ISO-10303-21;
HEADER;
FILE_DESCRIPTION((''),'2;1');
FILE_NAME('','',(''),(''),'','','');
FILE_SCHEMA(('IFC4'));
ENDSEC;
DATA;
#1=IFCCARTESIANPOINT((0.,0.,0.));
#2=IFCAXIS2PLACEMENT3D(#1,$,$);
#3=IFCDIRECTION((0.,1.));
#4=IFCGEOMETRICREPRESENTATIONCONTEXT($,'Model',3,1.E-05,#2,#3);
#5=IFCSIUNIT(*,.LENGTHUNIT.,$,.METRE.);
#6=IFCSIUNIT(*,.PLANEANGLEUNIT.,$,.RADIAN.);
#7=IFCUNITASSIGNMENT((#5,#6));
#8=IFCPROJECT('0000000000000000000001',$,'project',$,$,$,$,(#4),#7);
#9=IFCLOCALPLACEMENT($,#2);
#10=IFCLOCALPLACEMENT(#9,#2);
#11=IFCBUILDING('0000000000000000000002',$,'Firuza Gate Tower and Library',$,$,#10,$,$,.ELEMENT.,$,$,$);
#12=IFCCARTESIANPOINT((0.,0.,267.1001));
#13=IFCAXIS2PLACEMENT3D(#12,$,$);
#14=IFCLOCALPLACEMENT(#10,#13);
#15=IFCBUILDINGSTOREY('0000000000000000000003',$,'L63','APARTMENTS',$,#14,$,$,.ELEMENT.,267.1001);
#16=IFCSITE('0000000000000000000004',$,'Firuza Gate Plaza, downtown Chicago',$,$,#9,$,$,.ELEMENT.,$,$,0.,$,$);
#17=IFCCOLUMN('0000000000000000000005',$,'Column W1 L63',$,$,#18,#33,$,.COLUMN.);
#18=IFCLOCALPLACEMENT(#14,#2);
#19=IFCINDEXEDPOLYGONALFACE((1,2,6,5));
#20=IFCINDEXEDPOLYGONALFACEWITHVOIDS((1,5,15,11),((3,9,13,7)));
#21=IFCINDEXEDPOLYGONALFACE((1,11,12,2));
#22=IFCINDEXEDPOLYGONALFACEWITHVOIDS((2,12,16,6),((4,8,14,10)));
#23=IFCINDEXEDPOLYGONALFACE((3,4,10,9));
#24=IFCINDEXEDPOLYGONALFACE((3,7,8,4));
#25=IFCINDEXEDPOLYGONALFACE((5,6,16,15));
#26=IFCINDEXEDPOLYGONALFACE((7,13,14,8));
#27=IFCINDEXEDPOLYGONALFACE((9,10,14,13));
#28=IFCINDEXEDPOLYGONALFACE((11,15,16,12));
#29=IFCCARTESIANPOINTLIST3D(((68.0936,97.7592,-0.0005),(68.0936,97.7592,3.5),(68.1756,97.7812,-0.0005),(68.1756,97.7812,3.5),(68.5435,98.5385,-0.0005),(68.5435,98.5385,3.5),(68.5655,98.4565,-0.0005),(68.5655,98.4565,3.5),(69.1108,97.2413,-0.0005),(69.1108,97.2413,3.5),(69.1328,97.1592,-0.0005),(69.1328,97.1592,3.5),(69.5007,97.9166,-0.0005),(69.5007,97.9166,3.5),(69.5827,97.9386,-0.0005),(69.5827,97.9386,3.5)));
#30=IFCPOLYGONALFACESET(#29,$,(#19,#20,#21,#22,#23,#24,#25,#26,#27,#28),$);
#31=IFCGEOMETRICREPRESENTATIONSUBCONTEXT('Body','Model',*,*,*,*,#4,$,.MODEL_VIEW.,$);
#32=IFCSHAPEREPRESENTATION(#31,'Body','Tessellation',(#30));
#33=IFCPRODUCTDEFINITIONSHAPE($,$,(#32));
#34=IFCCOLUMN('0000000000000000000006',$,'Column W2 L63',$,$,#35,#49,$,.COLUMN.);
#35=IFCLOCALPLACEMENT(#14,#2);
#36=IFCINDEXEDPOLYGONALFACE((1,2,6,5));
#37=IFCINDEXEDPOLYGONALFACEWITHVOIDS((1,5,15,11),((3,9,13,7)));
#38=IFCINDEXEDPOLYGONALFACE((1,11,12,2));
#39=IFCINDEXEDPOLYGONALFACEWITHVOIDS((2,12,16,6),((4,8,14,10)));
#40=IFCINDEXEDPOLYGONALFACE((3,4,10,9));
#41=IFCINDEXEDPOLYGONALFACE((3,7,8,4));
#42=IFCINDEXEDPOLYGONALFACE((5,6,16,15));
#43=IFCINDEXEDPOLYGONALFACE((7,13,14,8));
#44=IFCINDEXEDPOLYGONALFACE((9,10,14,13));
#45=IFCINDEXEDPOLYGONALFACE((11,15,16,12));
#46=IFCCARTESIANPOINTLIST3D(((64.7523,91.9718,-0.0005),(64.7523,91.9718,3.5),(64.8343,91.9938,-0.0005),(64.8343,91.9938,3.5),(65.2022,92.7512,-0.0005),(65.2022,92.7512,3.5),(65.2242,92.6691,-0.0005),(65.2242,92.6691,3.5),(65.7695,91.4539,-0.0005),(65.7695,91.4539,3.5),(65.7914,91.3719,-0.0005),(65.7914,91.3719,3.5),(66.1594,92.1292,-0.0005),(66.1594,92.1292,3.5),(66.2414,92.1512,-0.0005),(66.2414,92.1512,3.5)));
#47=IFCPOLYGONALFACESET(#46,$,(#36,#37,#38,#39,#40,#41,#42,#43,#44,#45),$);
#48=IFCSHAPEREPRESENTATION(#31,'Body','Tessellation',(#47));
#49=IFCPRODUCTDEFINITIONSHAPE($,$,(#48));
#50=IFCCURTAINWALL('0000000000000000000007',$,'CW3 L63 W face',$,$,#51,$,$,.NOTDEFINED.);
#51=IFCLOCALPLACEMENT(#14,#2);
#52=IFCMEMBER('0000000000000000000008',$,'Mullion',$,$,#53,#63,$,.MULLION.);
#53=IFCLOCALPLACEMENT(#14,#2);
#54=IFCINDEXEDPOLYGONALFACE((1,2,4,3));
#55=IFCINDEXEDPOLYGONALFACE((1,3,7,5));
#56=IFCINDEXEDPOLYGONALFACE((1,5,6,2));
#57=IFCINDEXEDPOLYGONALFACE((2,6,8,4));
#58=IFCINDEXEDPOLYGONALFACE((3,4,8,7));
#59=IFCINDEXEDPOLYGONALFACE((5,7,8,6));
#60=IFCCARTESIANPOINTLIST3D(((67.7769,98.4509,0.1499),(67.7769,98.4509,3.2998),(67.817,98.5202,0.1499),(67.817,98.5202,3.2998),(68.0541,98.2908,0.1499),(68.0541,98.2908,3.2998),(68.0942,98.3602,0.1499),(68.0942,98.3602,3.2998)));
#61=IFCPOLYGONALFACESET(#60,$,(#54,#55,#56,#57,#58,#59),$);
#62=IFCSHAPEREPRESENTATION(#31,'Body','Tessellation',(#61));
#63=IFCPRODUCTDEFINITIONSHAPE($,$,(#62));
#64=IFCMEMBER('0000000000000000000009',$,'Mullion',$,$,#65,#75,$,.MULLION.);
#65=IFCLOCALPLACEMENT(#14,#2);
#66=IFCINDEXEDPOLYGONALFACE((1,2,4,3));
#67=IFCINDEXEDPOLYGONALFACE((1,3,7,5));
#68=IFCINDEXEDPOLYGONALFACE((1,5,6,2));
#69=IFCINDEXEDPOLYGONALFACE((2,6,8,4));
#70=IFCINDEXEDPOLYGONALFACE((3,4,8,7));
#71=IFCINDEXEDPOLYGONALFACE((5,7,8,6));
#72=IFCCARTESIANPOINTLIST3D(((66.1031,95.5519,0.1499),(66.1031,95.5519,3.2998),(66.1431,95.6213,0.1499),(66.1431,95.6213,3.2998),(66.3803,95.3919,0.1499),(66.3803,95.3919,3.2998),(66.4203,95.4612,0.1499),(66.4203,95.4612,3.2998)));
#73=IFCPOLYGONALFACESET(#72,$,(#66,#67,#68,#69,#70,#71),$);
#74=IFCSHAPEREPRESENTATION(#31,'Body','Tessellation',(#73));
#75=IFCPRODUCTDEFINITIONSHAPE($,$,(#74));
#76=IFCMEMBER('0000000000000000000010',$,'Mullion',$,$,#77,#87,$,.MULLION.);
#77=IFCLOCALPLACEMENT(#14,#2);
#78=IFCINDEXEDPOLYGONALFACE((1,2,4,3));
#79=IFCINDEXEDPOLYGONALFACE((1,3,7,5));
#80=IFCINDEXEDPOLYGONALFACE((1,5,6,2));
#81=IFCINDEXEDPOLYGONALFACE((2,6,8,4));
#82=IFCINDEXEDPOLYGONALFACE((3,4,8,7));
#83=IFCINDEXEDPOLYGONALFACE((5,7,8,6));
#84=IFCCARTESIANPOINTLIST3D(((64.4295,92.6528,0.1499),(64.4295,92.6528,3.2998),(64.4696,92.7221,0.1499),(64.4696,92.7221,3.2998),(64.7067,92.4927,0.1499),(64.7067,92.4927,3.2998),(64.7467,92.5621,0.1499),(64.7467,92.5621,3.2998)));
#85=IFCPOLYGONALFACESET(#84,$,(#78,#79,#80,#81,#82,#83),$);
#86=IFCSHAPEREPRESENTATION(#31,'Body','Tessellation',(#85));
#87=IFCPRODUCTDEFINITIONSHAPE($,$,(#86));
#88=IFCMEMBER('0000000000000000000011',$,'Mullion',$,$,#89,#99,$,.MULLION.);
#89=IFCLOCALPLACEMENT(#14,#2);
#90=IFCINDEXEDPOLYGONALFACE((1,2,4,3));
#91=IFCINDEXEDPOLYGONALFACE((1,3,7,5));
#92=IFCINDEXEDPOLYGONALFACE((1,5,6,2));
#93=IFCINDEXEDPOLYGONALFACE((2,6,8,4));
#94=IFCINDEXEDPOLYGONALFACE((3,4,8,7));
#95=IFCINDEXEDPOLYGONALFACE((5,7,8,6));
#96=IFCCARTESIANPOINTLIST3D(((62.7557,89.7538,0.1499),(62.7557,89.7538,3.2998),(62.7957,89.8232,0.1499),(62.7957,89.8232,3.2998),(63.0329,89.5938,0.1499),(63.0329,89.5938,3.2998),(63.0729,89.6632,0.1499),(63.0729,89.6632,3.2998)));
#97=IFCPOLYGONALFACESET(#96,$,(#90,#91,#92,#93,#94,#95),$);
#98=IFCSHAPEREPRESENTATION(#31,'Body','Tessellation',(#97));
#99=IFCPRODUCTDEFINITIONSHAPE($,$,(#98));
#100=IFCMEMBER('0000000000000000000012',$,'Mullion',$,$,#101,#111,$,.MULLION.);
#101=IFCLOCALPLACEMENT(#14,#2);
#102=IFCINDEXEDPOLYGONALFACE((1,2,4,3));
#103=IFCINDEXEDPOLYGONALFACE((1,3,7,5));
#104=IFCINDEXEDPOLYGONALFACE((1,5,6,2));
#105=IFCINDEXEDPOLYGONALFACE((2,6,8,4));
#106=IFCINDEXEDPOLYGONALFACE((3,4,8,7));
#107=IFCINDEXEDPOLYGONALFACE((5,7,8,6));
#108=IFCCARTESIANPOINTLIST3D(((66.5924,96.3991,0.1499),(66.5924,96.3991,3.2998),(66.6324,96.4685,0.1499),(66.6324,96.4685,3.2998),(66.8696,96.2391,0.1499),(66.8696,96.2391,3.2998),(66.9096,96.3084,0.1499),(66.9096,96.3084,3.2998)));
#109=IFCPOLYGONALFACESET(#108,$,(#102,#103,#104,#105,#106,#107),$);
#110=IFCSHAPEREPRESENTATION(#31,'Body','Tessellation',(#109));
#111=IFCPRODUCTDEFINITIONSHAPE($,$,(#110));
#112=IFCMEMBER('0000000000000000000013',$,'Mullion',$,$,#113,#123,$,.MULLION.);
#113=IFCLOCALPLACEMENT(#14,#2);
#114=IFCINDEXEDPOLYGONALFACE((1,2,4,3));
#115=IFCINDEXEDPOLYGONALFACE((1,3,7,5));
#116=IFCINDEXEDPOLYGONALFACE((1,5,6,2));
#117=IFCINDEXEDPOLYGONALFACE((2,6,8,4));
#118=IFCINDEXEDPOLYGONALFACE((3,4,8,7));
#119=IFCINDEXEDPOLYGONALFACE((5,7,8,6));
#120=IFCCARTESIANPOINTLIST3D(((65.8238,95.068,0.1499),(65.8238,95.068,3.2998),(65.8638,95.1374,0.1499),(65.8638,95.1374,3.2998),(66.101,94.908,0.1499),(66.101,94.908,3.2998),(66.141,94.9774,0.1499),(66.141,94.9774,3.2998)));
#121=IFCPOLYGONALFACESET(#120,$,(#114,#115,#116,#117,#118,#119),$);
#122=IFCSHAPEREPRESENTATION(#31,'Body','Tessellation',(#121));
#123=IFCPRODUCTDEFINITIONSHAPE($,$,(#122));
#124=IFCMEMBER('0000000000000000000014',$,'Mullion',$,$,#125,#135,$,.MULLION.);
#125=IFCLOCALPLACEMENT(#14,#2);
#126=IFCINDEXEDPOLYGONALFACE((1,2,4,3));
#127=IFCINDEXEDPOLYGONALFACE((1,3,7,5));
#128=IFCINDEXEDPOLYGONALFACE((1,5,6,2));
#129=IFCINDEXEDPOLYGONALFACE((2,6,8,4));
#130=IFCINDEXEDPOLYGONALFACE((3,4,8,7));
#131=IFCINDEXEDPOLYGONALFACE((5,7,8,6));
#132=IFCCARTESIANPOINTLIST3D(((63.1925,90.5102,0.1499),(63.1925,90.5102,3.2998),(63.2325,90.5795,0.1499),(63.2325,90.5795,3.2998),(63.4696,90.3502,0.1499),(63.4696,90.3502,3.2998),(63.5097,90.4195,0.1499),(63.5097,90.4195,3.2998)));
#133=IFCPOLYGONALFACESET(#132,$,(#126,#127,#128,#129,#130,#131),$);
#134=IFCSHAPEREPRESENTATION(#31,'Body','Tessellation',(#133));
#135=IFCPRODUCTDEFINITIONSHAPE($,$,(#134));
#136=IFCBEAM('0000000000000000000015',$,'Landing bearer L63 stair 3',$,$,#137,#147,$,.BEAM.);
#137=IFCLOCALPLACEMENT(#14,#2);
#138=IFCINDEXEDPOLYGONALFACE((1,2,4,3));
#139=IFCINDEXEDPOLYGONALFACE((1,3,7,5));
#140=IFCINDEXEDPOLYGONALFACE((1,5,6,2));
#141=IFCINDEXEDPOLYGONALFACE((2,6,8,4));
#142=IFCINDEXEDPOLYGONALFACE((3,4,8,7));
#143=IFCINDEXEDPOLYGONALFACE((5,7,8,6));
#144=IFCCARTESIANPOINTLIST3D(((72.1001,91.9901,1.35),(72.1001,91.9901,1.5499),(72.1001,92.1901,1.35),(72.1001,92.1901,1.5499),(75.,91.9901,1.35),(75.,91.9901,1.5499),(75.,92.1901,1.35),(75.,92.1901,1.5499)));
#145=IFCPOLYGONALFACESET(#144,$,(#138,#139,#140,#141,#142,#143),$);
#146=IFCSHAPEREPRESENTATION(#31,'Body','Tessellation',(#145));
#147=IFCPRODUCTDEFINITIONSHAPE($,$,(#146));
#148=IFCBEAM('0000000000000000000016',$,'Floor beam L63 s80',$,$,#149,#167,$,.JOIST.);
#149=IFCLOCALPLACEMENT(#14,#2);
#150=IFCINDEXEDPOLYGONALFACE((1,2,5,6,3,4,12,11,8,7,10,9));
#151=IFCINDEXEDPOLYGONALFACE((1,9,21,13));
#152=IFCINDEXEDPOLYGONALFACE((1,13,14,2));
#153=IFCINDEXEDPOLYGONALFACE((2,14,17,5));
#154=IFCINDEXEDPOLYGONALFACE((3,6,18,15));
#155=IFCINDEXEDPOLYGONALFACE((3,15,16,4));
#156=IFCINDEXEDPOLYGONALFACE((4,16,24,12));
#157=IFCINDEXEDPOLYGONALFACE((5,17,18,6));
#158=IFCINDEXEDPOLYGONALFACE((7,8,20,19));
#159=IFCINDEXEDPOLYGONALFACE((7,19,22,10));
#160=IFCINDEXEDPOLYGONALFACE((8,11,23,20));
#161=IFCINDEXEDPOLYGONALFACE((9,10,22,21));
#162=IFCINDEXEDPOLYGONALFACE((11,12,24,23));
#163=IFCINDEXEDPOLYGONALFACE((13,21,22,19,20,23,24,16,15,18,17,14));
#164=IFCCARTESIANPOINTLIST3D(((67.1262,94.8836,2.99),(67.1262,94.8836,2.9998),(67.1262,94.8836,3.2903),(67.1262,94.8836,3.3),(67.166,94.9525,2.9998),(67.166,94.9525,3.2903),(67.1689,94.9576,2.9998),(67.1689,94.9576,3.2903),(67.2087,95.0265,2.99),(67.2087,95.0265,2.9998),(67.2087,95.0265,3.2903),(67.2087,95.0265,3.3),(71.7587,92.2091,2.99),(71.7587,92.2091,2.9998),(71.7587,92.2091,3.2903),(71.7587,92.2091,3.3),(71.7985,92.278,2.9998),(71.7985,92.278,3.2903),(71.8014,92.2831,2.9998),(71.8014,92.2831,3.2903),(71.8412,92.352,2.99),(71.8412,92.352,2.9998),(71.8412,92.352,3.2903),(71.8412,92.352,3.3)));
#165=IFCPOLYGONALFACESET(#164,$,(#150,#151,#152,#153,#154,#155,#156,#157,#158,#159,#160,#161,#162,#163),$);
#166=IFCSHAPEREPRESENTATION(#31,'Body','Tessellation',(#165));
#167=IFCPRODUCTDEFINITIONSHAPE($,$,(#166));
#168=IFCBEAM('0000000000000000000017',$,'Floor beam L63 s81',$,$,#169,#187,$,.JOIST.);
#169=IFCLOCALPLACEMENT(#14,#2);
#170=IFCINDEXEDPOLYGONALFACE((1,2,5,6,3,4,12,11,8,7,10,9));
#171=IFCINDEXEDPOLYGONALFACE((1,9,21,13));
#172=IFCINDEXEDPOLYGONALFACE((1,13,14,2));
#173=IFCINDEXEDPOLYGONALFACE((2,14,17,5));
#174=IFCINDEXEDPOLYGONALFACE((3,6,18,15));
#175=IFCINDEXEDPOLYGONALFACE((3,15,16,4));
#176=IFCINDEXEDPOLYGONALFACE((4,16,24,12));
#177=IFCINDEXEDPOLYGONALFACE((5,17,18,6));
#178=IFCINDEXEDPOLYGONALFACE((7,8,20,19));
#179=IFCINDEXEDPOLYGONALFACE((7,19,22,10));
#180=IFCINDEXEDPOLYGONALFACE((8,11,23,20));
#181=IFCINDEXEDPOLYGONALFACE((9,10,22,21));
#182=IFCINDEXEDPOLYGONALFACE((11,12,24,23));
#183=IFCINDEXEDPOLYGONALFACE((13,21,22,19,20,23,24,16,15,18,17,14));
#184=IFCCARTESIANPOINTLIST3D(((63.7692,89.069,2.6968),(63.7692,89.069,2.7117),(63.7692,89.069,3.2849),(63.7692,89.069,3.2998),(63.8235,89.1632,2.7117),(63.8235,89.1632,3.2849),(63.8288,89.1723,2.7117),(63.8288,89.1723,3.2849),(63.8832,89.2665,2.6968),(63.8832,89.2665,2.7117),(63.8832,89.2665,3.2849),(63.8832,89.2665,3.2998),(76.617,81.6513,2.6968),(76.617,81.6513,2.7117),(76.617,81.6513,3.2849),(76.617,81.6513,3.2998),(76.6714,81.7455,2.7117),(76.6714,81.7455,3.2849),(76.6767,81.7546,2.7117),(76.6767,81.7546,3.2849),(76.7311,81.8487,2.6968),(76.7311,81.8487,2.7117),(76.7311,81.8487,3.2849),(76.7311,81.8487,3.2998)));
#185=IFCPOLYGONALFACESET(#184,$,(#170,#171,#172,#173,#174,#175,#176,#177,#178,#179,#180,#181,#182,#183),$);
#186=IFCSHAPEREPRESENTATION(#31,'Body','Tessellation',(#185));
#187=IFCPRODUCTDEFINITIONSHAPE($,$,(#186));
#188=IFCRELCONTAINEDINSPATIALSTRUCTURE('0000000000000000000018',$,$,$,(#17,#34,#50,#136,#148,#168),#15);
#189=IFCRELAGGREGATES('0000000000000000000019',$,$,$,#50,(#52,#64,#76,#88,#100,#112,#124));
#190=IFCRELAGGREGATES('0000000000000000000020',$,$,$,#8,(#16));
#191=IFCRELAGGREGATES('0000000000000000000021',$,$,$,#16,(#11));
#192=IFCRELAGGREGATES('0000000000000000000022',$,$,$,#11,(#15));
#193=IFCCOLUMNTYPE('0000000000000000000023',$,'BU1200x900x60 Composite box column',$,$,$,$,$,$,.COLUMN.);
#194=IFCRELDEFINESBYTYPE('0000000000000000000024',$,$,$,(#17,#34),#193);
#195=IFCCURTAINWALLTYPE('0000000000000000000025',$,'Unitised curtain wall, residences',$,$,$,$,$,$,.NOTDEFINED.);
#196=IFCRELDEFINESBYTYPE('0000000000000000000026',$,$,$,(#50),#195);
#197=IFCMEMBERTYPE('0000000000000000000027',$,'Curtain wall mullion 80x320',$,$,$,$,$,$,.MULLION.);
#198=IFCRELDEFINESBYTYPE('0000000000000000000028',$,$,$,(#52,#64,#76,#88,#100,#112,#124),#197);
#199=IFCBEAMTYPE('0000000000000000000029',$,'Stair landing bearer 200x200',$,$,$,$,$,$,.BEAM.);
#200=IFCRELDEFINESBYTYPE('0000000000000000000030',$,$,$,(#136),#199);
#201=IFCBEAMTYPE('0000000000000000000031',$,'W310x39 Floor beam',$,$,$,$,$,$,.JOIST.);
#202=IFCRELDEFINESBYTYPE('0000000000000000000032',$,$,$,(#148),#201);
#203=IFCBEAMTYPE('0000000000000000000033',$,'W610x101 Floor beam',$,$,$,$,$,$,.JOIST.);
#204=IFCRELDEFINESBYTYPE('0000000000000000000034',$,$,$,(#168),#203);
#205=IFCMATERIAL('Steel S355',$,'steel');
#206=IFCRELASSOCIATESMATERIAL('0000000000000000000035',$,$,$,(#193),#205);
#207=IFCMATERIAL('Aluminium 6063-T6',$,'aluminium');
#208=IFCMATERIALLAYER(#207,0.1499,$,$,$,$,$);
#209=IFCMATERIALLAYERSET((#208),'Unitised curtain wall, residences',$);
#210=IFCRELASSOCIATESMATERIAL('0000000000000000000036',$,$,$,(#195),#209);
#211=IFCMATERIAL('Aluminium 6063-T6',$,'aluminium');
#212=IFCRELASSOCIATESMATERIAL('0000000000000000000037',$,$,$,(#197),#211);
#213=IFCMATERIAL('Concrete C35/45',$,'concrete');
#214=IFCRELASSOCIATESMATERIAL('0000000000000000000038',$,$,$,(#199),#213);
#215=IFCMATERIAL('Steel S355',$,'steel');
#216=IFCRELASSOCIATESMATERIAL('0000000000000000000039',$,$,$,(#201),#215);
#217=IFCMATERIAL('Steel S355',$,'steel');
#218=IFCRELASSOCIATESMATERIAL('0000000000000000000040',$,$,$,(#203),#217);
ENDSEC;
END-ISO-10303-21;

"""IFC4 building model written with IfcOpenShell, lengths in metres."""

from ifc_helpers import new_model, si_unit, direction, frame, origin, origin_2d, place, context, subcontext, project, spatial, rectangle, hollow_rectangle, i_section, extrude, material, layer, layer_set, material_profile, profile_set, type_object, element, aggregate, save


model = new_model("IFC4")

# Units and contexts
model_context = context("Model", 3, precision=1e-05, world=origin(), true_north=direction((0.0, 1.0)))
body_context = subcontext(model_context, "Body", "Model", "MODEL_VIEW")
ifc_project = project(units=[si_unit("LENGTHUNIT", "METRE"), si_unit("PLANEANGLEUNIT", "RADIAN")], contexts=[model_context])

# Site, building, storey
site_placement = place(None, origin())
site = spatial("IfcSite", under=ifc_project, at=site_placement, Name="Firuza Gate Plaza, downtown Chicago", CompositionType="ELEMENT", RefElevation=0.0)
building_placement = place(site_placement, origin())
building = spatial("IfcBuilding", under=site, at=building_placement, Name="Firuza Gate Tower and Library", CompositionType="ELEMENT")
storey_placement = place(building_placement, frame((0.0, 0.0, 267.1001)))
storey = spatial("IfcBuildingStorey", under=building, at=storey_placement, Name="L63", Description="APARTMENTS", CompositionType="ELEMENT", Elevation=267.1001)

# Columns
ifc_material_1 = material(Name="Steel S355", Category="steel")
ifc_material_profile_1 = material_profile(ifc_material_1, hollow_rectangle(XDim=0.8999, YDim=1.2, WallThickness=0.0601, at=origin_2d()))
ifc_profile_set_1 = profile_set([ifc_material_profile_1], Name="Steel S355")
column_type = type_object("IfcColumnType", Name="BU1200x900x60 Composite box column", PredefinedType="COLUMN", material=ifc_profile_set_1)
for number, where, z_axis, x_axis, name in (
    (1, (68.8381, 97.8489, -0.0005), (0.0, 0.0, 1.0), (-0.5, -0.866025, 0.0), "Column W1 L63"),
    (2, (65.4968, 92.0615, -0.0005), (0.0, 0.0, 1.0), (-0.5, -0.866025, 0.0), "Column W2 L63"),
):
    element("IfcColumn", number, at=place(storey_placement, frame(where, z_axis=z_axis, x_axis=x_axis)), inside=storey, type_object=column_type, Name=name, PredefinedType="COLUMN", context=body_context, shape_type="SweptSolid", body=[
        extrude(hollow_rectangle(XDim=0.8999, YDim=1.2, WallThickness=0.0601, at=origin_2d()), origin(), (0.0, 0.0, 1.0), 3.5005),
    ])

# Curtain wall, members
ifc_material_2 = material(Name="Aluminium 6063-T6", Category="aluminium")
ifc_layer_1 = layer(ifc_material_2, 0.1499)
ifc_layer_set_1 = layer_set([ifc_layer_1], Name="Unitised curtain wall, residences")
curtain_wall_type = type_object("IfcCurtainWallType", Name="Unitised curtain wall, residences", PredefinedType="NOTDEFINED", material=ifc_layer_set_1)
placement = place(storey_placement, origin())
curtain_wall = element("IfcCurtainWall", 3, at=placement, inside=storey, type_object=curtain_wall_type, Name="CW3 L63 W face", PredefinedType="NOTDEFINED")
ifc_material_3 = material(Name="Aluminium 6063-T6", Category="aluminium")
ifc_material_profile_2 = material_profile(ifc_material_3, rectangle(XDim=0.3201, YDim=0.0801, at=origin_2d()))
ifc_profile_set_2 = profile_set([ifc_material_profile_2], Name="Aluminium 6063-T6")
member_type = type_object("IfcMemberType", Name="Curtain wall mullion 80x320", PredefinedType="MULLION", material=ifc_profile_set_2)
member_1_placement = place(storey_placement, frame((67.9355, 98.4055, 0.1499), z_axis=(0.0, 0.0, 1.0), x_axis=(0.866025, -0.5, 0.0)))
member_1 = element("IfcMember", 4, at=member_1_placement, type_object=member_type, Name="Mullion", PredefinedType="MULLION", context=body_context, shape_type="SweptSolid", body=[
    extrude(rectangle(XDim=0.3201, YDim=0.0801, at=origin_2d()), origin(), (0.0, 0.0, 1.0), 3.1499),
])
member_2_placement = place(storey_placement, frame((66.2617, 95.5066, 0.1499), z_axis=(0.0, 0.0, 1.0), x_axis=(0.866025, -0.5, 0.0)))
member_2 = element("IfcMember", 5, at=member_2_placement, type_object=member_type, Name="Mullion", PredefinedType="MULLION", context=body_context, shape_type="SweptSolid", body=[
    extrude(rectangle(XDim=0.3201, YDim=0.0801, at=origin_2d()), origin(), (0.0, 0.0, 1.0), 3.1499),
])
member_3_placement = place(storey_placement, frame((64.5881, 92.6074, 0.1499), z_axis=(0.0, 0.0, 1.0), x_axis=(0.866025, -0.5, 0.0)))
member_3 = element("IfcMember", 6, at=member_3_placement, type_object=member_type, Name="Mullion", PredefinedType="MULLION", context=body_context, shape_type="SweptSolid", body=[
    extrude(rectangle(XDim=0.3201, YDim=0.0801, at=origin_2d()), origin(), (0.0, 0.0, 1.0), 3.1499),
])
member_4_placement = place(storey_placement, frame((62.9143, 89.7085, 0.1499), z_axis=(0.0, 0.0, 1.0), x_axis=(0.866025, -0.5, 0.0)))
member_4 = element("IfcMember", 7, at=member_4_placement, type_object=member_type, Name="Mullion", PredefinedType="MULLION", context=body_context, shape_type="SweptSolid", body=[
    extrude(rectangle(XDim=0.3201, YDim=0.0801, at=origin_2d()), origin(), (0.0, 0.0, 1.0), 3.1499),
])
member_5_placement = place(storey_placement, frame((66.751, 96.3538, 0.1499), z_axis=(0.0, 0.0, 1.0), x_axis=(0.866025, -0.5, 0.0)))
member_5 = element("IfcMember", 8, at=member_5_placement, type_object=member_type, Name="Mullion", PredefinedType="MULLION", context=body_context, shape_type="SweptSolid", body=[
    extrude(rectangle(XDim=0.3201, YDim=0.0801, at=origin_2d()), origin(), (0.0, 0.0, 1.0), 3.1499),
])
member_6_placement = place(storey_placement, frame((65.9824, 95.0227, 0.1499), z_axis=(0.0, 0.0, 1.0), x_axis=(0.866025, -0.5, 0.0)))
member_6 = element("IfcMember", 9, at=member_6_placement, type_object=member_type, Name="Mullion", PredefinedType="MULLION", context=body_context, shape_type="SweptSolid", body=[
    extrude(rectangle(XDim=0.3201, YDim=0.0801, at=origin_2d()), origin(), (0.0, 0.0, 1.0), 3.1499),
])
member_7_placement = place(storey_placement, frame((63.3511, 90.4648, 0.1499), z_axis=(0.0, 0.0, 1.0), x_axis=(0.866025, -0.5, 0.0)))
member_7 = element("IfcMember", 10, at=member_7_placement, type_object=member_type, Name="Mullion", PredefinedType="MULLION", context=body_context, shape_type="SweptSolid", body=[
    extrude(rectangle(XDim=0.3201, YDim=0.0801, at=origin_2d()), origin(), (0.0, 0.0, 1.0), 3.1499),
])

# Beams
ifc_material_4 = material(Name="Concrete C35/45", Category="concrete")
ifc_material_profile_3 = material_profile(ifc_material_4, rectangle(XDim=0.2, YDim=0.2, at=origin_2d()))
ifc_profile_set_3 = profile_set([ifc_material_profile_3], Name="Concrete C35/45")
beam_type_1 = type_object("IfcBeamType", Name="Stair landing bearer 200x200", PredefinedType="BEAM", material=ifc_profile_set_3)
beam_1_placement = place(storey_placement, frame((75.0, 92.0901, 1.45), z_axis=(-1.0, 0.0, 0.0), x_axis=(0.0, -1.0, 0.0)))
element("IfcBeam", 11, at=beam_1_placement, inside=storey, type_object=beam_type_1, Name="Landing bearer L63 stair 3", PredefinedType="BEAM", context=body_context, shape_type="SweptSolid", body=[
    extrude(rectangle(XDim=0.2, YDim=0.2, at=origin_2d()), origin(), (0.0, 0.0, 1.0), 2.8999),
])
ifc_material_5 = material(Name="Steel S355", Category="steel")
ifc_material_profile_4 = material_profile(ifc_material_5, i_section(OverallWidth=0.165, OverallDepth=0.3101, WebThickness=0.0059, FlangeThickness=0.0098, at=origin_2d()))
ifc_profile_set_4 = profile_set([ifc_material_profile_4], Name="Steel S355")
beam_type_2 = type_object("IfcBeamType", Name="W310x39 Floor beam", PredefinedType="JOIST", material=ifc_profile_set_4)
beam_2_placement = place(storey_placement, frame((67.1675, 94.9551, 3.145), z_axis=(0.86603, -0.499992, 0.0), x_axis=(0.499992, 0.86603, 0.0)))
element("IfcBeam", 12, at=beam_2_placement, inside=storey, type_object=beam_type_2, Name="Floor beam L63 s80", PredefinedType="JOIST", context=body_context, shape_type="SweptSolid", body=[
    extrude(i_section(OverallWidth=0.165, OverallDepth=0.3101, WebThickness=0.0059, FlangeThickness=0.0098, at=origin_2d()), origin(), (0.0, 0.0, 1.0), 5.3491),
])
ifc_material_6 = material(Name="Steel S355", Category="steel")
ifc_material_profile_5 = material_profile(ifc_material_6, i_section(OverallWidth=0.228, OverallDepth=0.603, WebThickness=0.0105, FlangeThickness=0.0149, at=origin_2d()))
ifc_profile_set_5 = profile_set([ifc_material_profile_5], Name="Steel S355")
beam_type_3 = type_object("IfcBeamType", Name="W610x101 Floor beam", PredefinedType="JOIST", material=ifc_profile_set_5)
beam_3_placement = place(storey_placement, frame((63.8262, 89.1677, 2.9983), z_axis=(0.866026, -0.499999, 0.0), x_axis=(0.499999, 0.866026, 0.0)))
element("IfcBeam", 13, at=beam_3_placement, inside=storey, type_object=beam_type_3, Name="Floor beam L63 s81", PredefinedType="JOIST", context=body_context, shape_type="SweptSolid", body=[
    extrude(i_section(OverallWidth=0.228, OverallDepth=0.603, WebThickness=0.0105, FlangeThickness=0.0149, at=origin_2d()), origin(), (0.0, 0.0, 1.0), 14.8354),
])

aggregate(curtain_wall, [member_1, member_2, member_3, member_4, member_5, member_6, member_7])

save(model, "model.ifc")
